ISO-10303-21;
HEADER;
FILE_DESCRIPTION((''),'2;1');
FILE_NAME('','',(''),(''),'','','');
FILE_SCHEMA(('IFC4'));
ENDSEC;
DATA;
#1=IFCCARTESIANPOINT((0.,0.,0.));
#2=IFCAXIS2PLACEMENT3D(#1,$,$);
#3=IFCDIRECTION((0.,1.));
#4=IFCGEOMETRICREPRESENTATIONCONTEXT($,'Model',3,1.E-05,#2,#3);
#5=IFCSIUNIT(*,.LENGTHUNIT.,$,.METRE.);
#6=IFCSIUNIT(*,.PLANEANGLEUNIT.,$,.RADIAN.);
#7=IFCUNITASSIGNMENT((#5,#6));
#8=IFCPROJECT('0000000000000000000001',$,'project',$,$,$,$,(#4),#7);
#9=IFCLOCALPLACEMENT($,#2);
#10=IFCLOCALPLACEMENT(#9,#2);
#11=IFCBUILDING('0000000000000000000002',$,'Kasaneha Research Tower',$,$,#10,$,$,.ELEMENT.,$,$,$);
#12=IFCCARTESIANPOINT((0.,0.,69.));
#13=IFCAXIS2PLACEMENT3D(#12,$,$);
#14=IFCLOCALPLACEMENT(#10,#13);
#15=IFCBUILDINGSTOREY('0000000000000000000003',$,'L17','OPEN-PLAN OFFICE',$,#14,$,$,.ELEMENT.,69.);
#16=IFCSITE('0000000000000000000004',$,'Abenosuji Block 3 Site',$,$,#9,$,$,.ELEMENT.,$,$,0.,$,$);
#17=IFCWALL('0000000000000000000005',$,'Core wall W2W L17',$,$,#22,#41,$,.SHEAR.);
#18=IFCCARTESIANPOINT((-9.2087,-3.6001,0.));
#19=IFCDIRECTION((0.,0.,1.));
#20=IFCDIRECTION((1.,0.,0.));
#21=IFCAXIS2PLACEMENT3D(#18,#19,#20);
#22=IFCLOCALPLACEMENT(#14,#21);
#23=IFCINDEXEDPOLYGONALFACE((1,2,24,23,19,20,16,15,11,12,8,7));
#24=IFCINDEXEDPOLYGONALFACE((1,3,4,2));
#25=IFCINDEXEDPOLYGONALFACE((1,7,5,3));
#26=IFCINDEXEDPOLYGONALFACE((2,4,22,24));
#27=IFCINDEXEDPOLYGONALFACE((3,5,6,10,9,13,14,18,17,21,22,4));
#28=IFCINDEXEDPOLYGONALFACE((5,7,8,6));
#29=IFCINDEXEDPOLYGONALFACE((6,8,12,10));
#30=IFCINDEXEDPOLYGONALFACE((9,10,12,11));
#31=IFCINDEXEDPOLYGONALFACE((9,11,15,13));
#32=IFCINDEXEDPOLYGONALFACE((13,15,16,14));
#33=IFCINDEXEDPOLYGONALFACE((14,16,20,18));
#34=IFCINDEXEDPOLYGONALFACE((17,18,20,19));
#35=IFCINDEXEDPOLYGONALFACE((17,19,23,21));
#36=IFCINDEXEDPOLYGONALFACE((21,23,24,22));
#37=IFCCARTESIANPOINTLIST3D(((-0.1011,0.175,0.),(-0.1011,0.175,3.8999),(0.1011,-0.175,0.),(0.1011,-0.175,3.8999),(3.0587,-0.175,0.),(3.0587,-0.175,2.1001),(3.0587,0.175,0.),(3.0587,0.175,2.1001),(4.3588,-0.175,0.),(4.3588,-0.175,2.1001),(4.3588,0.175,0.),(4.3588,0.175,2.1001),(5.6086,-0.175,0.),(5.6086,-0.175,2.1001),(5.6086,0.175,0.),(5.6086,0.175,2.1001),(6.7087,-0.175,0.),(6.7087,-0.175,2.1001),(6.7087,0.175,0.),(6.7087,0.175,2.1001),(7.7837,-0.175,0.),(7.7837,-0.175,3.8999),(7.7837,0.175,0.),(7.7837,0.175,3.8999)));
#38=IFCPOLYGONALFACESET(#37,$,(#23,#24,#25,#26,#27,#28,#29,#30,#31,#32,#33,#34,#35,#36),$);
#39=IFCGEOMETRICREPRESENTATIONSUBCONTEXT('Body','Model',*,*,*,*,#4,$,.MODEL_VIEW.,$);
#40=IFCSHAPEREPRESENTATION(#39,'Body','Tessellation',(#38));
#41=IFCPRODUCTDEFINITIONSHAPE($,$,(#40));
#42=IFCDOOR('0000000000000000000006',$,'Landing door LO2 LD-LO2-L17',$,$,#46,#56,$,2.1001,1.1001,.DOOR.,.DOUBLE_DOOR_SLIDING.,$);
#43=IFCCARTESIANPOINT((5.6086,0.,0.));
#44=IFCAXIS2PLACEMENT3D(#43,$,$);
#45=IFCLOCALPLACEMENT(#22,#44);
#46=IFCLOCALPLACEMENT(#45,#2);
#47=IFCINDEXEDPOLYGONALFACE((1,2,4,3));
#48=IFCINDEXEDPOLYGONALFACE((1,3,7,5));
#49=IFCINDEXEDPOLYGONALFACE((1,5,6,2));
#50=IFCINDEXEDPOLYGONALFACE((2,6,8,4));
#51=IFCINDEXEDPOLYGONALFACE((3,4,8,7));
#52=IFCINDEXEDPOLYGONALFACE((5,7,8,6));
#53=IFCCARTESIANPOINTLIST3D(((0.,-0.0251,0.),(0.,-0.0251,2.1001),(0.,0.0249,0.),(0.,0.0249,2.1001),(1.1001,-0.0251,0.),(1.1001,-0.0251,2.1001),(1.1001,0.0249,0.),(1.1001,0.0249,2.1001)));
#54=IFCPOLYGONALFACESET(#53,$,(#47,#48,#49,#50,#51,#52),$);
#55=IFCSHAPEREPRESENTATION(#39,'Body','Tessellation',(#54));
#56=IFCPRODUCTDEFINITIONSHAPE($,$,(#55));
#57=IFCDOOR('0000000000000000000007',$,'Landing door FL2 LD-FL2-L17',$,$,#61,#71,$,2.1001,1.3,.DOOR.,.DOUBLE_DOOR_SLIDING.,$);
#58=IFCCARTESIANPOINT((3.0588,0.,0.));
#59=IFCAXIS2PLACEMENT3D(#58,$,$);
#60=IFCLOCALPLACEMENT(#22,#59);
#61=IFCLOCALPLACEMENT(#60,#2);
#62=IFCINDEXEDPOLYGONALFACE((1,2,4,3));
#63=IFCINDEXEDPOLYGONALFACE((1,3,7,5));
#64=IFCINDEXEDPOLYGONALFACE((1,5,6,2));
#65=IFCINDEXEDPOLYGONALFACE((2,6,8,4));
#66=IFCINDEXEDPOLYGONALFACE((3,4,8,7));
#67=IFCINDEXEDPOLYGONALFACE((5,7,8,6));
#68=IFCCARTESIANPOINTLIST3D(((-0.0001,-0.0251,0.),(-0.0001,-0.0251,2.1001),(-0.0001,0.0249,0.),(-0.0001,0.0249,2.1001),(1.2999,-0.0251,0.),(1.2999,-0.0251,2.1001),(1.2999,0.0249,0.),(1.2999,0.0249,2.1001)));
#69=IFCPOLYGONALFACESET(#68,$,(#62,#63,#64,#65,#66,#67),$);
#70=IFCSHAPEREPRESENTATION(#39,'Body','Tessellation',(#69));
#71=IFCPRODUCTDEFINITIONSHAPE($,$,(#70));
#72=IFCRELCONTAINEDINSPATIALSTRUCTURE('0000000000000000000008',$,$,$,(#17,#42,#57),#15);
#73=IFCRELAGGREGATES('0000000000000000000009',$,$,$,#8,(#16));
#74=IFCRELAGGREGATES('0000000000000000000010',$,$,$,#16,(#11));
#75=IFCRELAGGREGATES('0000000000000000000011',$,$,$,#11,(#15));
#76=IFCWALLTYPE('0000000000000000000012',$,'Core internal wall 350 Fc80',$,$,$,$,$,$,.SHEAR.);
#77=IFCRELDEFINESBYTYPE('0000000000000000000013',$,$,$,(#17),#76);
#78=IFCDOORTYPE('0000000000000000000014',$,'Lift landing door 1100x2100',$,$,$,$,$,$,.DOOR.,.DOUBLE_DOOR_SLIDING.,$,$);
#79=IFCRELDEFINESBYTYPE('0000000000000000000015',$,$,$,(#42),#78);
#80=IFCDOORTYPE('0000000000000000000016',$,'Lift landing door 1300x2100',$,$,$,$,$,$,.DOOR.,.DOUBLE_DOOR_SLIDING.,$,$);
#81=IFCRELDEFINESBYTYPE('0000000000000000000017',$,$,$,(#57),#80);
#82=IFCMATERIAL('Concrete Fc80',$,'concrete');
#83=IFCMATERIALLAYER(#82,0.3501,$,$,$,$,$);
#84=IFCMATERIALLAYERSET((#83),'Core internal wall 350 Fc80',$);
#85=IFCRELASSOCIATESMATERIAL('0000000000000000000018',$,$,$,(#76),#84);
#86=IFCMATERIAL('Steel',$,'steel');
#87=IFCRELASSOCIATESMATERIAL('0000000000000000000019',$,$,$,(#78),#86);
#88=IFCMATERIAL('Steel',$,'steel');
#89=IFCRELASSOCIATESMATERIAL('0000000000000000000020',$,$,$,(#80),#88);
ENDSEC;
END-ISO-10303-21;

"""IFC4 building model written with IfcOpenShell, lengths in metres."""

from ifc_helpers import new_model, si_unit, direction, frame, frame_2d, origin, place, context, subcontext, project, spatial, polyline, rectangle, outline, extrude, material, layer, layer_set, type_object, element, fill, save


model = new_model("IFC4")

# Units and contexts
model_context = context("Model", 3, precision=1e-05, world=origin(), true_north=direction((0.0, 1.0)))
body_context = subcontext(model_context, "Body", "Model", "MODEL_VIEW")
ifc_project = project(units=[si_unit("LENGTHUNIT", "METRE"), si_unit("PLANEANGLEUNIT", "RADIAN")], contexts=[model_context])

# Site, building, storey
site_placement = place(None, origin())
site = spatial("IfcSite", under=ifc_project, at=site_placement, Name="Abenosuji Block 3 Site", CompositionType="ELEMENT", RefElevation=0.0)
building_placement = place(site_placement, origin())
building = spatial("IfcBuilding", under=site, at=building_placement, Name="Kasaneha Research Tower", CompositionType="ELEMENT")
storey_placement = place(building_placement, frame((0.0, 0.0, 69.0)))
storey = spatial("IfcBuildingStorey", under=building, at=storey_placement, Name="L17", Description="OPEN-PLAN OFFICE", CompositionType="ELEMENT", Elevation=69.0)

# Wall, openings, doors
ifc_material_1 = material(Name="Concrete Fc80", Category="concrete")
ifc_layer_1 = layer(ifc_material_1, 0.3501)
ifc_layer_set_1 = layer_set([ifc_layer_1], Name="Core internal wall 350 Fc80")
wall_type_1 = type_object("IfcWallType", Name="Core internal wall 350 Fc80", PredefinedType="SHEAR", material=ifc_layer_set_1)
wall_1_placement = place(storey_placement, frame((-9.2087, -3.6001, 0.0), z_axis=(0.0, 0.0, 1.0), x_axis=(1.0, 0.0, 0.0)))
wall_1 = element("IfcWall", 1, at=wall_1_placement, inside=storey, type_object=wall_type_1, Name="Core wall W2W L17", PredefinedType="SHEAR", context=body_context, shape_type="SweptSolid", body=[
    extrude(outline(polyline([(0.1011, -0.175), (3.0588, -0.175), (4.3589, -0.175), (5.6086, -0.175), (6.7087, -0.175), (7.7837, -0.175), (7.7837, 0.175), (6.7087, 0.175), (5.6086, 0.175), (4.3589, 0.175), (3.0588, 0.175), (-0.1011, 0.175), (0.1011, -0.175)])), origin(), (0.0, 0.0, 1.0), 3.8999),
])
opening_1_placement = place(wall_1_placement, frame((5.6086, 0.0, 0.0)))
opening_1 = element("IfcOpeningElement", 2, at=opening_1_placement, cuts=wall_1, PredefinedType="OPENING", context=body_context, shape_type="SweptSolid", body=[
    extrude(rectangle(XDim=1.1001, YDim=2.1001, at=frame_2d((0.55, 1.05))), frame((0.0, 0.1851, 0.0), z_axis=(0.0, -1.0, 0.0), x_axis=(1.0, 0.0, 0.0)), (0.0, 0.0, 1.0), 0.3701),
])
opening_2_placement = place(wall_1_placement, frame((3.0588, 0.0, 0.0)))
opening_2 = element("IfcOpeningElement", 3, at=opening_2_placement, cuts=wall_1, PredefinedType="OPENING", context=body_context, shape_type="SweptSolid", body=[
    extrude(rectangle(XDim=1.3, YDim=2.1001, at=frame_2d((0.6499, 1.05))), frame((0.0, 0.1851, 0.0), z_axis=(0.0, -1.0, 0.0), x_axis=(1.0, 0.0, 0.0)), (0.0, 0.0, 1.0), 0.3701),
])
ifc_material_2 = material(Name="Steel", Category="steel")
door_type_1 = type_object("IfcDoorType", Name="Lift landing door 1100x2100", OperationType="DOUBLE_DOOR_SLIDING", PredefinedType="DOOR", material=ifc_material_2)
door_1_placement = place(opening_1_placement, origin())
door_1 = element("IfcDoor", 4, at=door_1_placement, inside=storey, type_object=door_type_1, Name="Landing door LO2 LD-LO2-L17", OperationType="DOUBLE_DOOR_SLIDING", OverallHeight=2.1001, OverallWidth=1.1001, PredefinedType="DOOR", context=body_context, shape_type="SweptSolid", body=[
    extrude(rectangle(XDim=1.1001, YDim=2.1001, at=frame_2d((0.55, 1.05))), frame((0.0, 0.0249, 0.0), z_axis=(0.0, -1.0, 0.0), x_axis=(1.0, 0.0, 0.0)), (0.0, 0.0, 1.0), 0.05),
])
fill(opening_1, door_1)
ifc_material_3 = material(Name="Steel", Category="steel")
door_type_2 = type_object("IfcDoorType", Name="Lift landing door 1300x2100", OperationType="DOUBLE_DOOR_SLIDING", PredefinedType="DOOR", material=ifc_material_3)
door_2_placement = place(opening_2_placement, origin())
door_2 = element("IfcDoor", 5, at=door_2_placement, inside=storey, type_object=door_type_2, Name="Landing door FL2 LD-FL2-L17", OperationType="DOUBLE_DOOR_SLIDING", OverallHeight=2.1001, OverallWidth=1.3, PredefinedType="DOOR", context=body_context, shape_type="SweptSolid", body=[
    extrude(rectangle(XDim=1.3, YDim=2.1001, at=frame_2d((0.6499, 1.05))), frame((0.0, 0.0249, 0.0), z_axis=(0.0, -1.0, 0.0), x_axis=(1.0, 0.0, 0.0)), (0.0, 0.0, 1.0), 0.05),
])
fill(opening_2, door_2)

save(model, "model.ifc")
